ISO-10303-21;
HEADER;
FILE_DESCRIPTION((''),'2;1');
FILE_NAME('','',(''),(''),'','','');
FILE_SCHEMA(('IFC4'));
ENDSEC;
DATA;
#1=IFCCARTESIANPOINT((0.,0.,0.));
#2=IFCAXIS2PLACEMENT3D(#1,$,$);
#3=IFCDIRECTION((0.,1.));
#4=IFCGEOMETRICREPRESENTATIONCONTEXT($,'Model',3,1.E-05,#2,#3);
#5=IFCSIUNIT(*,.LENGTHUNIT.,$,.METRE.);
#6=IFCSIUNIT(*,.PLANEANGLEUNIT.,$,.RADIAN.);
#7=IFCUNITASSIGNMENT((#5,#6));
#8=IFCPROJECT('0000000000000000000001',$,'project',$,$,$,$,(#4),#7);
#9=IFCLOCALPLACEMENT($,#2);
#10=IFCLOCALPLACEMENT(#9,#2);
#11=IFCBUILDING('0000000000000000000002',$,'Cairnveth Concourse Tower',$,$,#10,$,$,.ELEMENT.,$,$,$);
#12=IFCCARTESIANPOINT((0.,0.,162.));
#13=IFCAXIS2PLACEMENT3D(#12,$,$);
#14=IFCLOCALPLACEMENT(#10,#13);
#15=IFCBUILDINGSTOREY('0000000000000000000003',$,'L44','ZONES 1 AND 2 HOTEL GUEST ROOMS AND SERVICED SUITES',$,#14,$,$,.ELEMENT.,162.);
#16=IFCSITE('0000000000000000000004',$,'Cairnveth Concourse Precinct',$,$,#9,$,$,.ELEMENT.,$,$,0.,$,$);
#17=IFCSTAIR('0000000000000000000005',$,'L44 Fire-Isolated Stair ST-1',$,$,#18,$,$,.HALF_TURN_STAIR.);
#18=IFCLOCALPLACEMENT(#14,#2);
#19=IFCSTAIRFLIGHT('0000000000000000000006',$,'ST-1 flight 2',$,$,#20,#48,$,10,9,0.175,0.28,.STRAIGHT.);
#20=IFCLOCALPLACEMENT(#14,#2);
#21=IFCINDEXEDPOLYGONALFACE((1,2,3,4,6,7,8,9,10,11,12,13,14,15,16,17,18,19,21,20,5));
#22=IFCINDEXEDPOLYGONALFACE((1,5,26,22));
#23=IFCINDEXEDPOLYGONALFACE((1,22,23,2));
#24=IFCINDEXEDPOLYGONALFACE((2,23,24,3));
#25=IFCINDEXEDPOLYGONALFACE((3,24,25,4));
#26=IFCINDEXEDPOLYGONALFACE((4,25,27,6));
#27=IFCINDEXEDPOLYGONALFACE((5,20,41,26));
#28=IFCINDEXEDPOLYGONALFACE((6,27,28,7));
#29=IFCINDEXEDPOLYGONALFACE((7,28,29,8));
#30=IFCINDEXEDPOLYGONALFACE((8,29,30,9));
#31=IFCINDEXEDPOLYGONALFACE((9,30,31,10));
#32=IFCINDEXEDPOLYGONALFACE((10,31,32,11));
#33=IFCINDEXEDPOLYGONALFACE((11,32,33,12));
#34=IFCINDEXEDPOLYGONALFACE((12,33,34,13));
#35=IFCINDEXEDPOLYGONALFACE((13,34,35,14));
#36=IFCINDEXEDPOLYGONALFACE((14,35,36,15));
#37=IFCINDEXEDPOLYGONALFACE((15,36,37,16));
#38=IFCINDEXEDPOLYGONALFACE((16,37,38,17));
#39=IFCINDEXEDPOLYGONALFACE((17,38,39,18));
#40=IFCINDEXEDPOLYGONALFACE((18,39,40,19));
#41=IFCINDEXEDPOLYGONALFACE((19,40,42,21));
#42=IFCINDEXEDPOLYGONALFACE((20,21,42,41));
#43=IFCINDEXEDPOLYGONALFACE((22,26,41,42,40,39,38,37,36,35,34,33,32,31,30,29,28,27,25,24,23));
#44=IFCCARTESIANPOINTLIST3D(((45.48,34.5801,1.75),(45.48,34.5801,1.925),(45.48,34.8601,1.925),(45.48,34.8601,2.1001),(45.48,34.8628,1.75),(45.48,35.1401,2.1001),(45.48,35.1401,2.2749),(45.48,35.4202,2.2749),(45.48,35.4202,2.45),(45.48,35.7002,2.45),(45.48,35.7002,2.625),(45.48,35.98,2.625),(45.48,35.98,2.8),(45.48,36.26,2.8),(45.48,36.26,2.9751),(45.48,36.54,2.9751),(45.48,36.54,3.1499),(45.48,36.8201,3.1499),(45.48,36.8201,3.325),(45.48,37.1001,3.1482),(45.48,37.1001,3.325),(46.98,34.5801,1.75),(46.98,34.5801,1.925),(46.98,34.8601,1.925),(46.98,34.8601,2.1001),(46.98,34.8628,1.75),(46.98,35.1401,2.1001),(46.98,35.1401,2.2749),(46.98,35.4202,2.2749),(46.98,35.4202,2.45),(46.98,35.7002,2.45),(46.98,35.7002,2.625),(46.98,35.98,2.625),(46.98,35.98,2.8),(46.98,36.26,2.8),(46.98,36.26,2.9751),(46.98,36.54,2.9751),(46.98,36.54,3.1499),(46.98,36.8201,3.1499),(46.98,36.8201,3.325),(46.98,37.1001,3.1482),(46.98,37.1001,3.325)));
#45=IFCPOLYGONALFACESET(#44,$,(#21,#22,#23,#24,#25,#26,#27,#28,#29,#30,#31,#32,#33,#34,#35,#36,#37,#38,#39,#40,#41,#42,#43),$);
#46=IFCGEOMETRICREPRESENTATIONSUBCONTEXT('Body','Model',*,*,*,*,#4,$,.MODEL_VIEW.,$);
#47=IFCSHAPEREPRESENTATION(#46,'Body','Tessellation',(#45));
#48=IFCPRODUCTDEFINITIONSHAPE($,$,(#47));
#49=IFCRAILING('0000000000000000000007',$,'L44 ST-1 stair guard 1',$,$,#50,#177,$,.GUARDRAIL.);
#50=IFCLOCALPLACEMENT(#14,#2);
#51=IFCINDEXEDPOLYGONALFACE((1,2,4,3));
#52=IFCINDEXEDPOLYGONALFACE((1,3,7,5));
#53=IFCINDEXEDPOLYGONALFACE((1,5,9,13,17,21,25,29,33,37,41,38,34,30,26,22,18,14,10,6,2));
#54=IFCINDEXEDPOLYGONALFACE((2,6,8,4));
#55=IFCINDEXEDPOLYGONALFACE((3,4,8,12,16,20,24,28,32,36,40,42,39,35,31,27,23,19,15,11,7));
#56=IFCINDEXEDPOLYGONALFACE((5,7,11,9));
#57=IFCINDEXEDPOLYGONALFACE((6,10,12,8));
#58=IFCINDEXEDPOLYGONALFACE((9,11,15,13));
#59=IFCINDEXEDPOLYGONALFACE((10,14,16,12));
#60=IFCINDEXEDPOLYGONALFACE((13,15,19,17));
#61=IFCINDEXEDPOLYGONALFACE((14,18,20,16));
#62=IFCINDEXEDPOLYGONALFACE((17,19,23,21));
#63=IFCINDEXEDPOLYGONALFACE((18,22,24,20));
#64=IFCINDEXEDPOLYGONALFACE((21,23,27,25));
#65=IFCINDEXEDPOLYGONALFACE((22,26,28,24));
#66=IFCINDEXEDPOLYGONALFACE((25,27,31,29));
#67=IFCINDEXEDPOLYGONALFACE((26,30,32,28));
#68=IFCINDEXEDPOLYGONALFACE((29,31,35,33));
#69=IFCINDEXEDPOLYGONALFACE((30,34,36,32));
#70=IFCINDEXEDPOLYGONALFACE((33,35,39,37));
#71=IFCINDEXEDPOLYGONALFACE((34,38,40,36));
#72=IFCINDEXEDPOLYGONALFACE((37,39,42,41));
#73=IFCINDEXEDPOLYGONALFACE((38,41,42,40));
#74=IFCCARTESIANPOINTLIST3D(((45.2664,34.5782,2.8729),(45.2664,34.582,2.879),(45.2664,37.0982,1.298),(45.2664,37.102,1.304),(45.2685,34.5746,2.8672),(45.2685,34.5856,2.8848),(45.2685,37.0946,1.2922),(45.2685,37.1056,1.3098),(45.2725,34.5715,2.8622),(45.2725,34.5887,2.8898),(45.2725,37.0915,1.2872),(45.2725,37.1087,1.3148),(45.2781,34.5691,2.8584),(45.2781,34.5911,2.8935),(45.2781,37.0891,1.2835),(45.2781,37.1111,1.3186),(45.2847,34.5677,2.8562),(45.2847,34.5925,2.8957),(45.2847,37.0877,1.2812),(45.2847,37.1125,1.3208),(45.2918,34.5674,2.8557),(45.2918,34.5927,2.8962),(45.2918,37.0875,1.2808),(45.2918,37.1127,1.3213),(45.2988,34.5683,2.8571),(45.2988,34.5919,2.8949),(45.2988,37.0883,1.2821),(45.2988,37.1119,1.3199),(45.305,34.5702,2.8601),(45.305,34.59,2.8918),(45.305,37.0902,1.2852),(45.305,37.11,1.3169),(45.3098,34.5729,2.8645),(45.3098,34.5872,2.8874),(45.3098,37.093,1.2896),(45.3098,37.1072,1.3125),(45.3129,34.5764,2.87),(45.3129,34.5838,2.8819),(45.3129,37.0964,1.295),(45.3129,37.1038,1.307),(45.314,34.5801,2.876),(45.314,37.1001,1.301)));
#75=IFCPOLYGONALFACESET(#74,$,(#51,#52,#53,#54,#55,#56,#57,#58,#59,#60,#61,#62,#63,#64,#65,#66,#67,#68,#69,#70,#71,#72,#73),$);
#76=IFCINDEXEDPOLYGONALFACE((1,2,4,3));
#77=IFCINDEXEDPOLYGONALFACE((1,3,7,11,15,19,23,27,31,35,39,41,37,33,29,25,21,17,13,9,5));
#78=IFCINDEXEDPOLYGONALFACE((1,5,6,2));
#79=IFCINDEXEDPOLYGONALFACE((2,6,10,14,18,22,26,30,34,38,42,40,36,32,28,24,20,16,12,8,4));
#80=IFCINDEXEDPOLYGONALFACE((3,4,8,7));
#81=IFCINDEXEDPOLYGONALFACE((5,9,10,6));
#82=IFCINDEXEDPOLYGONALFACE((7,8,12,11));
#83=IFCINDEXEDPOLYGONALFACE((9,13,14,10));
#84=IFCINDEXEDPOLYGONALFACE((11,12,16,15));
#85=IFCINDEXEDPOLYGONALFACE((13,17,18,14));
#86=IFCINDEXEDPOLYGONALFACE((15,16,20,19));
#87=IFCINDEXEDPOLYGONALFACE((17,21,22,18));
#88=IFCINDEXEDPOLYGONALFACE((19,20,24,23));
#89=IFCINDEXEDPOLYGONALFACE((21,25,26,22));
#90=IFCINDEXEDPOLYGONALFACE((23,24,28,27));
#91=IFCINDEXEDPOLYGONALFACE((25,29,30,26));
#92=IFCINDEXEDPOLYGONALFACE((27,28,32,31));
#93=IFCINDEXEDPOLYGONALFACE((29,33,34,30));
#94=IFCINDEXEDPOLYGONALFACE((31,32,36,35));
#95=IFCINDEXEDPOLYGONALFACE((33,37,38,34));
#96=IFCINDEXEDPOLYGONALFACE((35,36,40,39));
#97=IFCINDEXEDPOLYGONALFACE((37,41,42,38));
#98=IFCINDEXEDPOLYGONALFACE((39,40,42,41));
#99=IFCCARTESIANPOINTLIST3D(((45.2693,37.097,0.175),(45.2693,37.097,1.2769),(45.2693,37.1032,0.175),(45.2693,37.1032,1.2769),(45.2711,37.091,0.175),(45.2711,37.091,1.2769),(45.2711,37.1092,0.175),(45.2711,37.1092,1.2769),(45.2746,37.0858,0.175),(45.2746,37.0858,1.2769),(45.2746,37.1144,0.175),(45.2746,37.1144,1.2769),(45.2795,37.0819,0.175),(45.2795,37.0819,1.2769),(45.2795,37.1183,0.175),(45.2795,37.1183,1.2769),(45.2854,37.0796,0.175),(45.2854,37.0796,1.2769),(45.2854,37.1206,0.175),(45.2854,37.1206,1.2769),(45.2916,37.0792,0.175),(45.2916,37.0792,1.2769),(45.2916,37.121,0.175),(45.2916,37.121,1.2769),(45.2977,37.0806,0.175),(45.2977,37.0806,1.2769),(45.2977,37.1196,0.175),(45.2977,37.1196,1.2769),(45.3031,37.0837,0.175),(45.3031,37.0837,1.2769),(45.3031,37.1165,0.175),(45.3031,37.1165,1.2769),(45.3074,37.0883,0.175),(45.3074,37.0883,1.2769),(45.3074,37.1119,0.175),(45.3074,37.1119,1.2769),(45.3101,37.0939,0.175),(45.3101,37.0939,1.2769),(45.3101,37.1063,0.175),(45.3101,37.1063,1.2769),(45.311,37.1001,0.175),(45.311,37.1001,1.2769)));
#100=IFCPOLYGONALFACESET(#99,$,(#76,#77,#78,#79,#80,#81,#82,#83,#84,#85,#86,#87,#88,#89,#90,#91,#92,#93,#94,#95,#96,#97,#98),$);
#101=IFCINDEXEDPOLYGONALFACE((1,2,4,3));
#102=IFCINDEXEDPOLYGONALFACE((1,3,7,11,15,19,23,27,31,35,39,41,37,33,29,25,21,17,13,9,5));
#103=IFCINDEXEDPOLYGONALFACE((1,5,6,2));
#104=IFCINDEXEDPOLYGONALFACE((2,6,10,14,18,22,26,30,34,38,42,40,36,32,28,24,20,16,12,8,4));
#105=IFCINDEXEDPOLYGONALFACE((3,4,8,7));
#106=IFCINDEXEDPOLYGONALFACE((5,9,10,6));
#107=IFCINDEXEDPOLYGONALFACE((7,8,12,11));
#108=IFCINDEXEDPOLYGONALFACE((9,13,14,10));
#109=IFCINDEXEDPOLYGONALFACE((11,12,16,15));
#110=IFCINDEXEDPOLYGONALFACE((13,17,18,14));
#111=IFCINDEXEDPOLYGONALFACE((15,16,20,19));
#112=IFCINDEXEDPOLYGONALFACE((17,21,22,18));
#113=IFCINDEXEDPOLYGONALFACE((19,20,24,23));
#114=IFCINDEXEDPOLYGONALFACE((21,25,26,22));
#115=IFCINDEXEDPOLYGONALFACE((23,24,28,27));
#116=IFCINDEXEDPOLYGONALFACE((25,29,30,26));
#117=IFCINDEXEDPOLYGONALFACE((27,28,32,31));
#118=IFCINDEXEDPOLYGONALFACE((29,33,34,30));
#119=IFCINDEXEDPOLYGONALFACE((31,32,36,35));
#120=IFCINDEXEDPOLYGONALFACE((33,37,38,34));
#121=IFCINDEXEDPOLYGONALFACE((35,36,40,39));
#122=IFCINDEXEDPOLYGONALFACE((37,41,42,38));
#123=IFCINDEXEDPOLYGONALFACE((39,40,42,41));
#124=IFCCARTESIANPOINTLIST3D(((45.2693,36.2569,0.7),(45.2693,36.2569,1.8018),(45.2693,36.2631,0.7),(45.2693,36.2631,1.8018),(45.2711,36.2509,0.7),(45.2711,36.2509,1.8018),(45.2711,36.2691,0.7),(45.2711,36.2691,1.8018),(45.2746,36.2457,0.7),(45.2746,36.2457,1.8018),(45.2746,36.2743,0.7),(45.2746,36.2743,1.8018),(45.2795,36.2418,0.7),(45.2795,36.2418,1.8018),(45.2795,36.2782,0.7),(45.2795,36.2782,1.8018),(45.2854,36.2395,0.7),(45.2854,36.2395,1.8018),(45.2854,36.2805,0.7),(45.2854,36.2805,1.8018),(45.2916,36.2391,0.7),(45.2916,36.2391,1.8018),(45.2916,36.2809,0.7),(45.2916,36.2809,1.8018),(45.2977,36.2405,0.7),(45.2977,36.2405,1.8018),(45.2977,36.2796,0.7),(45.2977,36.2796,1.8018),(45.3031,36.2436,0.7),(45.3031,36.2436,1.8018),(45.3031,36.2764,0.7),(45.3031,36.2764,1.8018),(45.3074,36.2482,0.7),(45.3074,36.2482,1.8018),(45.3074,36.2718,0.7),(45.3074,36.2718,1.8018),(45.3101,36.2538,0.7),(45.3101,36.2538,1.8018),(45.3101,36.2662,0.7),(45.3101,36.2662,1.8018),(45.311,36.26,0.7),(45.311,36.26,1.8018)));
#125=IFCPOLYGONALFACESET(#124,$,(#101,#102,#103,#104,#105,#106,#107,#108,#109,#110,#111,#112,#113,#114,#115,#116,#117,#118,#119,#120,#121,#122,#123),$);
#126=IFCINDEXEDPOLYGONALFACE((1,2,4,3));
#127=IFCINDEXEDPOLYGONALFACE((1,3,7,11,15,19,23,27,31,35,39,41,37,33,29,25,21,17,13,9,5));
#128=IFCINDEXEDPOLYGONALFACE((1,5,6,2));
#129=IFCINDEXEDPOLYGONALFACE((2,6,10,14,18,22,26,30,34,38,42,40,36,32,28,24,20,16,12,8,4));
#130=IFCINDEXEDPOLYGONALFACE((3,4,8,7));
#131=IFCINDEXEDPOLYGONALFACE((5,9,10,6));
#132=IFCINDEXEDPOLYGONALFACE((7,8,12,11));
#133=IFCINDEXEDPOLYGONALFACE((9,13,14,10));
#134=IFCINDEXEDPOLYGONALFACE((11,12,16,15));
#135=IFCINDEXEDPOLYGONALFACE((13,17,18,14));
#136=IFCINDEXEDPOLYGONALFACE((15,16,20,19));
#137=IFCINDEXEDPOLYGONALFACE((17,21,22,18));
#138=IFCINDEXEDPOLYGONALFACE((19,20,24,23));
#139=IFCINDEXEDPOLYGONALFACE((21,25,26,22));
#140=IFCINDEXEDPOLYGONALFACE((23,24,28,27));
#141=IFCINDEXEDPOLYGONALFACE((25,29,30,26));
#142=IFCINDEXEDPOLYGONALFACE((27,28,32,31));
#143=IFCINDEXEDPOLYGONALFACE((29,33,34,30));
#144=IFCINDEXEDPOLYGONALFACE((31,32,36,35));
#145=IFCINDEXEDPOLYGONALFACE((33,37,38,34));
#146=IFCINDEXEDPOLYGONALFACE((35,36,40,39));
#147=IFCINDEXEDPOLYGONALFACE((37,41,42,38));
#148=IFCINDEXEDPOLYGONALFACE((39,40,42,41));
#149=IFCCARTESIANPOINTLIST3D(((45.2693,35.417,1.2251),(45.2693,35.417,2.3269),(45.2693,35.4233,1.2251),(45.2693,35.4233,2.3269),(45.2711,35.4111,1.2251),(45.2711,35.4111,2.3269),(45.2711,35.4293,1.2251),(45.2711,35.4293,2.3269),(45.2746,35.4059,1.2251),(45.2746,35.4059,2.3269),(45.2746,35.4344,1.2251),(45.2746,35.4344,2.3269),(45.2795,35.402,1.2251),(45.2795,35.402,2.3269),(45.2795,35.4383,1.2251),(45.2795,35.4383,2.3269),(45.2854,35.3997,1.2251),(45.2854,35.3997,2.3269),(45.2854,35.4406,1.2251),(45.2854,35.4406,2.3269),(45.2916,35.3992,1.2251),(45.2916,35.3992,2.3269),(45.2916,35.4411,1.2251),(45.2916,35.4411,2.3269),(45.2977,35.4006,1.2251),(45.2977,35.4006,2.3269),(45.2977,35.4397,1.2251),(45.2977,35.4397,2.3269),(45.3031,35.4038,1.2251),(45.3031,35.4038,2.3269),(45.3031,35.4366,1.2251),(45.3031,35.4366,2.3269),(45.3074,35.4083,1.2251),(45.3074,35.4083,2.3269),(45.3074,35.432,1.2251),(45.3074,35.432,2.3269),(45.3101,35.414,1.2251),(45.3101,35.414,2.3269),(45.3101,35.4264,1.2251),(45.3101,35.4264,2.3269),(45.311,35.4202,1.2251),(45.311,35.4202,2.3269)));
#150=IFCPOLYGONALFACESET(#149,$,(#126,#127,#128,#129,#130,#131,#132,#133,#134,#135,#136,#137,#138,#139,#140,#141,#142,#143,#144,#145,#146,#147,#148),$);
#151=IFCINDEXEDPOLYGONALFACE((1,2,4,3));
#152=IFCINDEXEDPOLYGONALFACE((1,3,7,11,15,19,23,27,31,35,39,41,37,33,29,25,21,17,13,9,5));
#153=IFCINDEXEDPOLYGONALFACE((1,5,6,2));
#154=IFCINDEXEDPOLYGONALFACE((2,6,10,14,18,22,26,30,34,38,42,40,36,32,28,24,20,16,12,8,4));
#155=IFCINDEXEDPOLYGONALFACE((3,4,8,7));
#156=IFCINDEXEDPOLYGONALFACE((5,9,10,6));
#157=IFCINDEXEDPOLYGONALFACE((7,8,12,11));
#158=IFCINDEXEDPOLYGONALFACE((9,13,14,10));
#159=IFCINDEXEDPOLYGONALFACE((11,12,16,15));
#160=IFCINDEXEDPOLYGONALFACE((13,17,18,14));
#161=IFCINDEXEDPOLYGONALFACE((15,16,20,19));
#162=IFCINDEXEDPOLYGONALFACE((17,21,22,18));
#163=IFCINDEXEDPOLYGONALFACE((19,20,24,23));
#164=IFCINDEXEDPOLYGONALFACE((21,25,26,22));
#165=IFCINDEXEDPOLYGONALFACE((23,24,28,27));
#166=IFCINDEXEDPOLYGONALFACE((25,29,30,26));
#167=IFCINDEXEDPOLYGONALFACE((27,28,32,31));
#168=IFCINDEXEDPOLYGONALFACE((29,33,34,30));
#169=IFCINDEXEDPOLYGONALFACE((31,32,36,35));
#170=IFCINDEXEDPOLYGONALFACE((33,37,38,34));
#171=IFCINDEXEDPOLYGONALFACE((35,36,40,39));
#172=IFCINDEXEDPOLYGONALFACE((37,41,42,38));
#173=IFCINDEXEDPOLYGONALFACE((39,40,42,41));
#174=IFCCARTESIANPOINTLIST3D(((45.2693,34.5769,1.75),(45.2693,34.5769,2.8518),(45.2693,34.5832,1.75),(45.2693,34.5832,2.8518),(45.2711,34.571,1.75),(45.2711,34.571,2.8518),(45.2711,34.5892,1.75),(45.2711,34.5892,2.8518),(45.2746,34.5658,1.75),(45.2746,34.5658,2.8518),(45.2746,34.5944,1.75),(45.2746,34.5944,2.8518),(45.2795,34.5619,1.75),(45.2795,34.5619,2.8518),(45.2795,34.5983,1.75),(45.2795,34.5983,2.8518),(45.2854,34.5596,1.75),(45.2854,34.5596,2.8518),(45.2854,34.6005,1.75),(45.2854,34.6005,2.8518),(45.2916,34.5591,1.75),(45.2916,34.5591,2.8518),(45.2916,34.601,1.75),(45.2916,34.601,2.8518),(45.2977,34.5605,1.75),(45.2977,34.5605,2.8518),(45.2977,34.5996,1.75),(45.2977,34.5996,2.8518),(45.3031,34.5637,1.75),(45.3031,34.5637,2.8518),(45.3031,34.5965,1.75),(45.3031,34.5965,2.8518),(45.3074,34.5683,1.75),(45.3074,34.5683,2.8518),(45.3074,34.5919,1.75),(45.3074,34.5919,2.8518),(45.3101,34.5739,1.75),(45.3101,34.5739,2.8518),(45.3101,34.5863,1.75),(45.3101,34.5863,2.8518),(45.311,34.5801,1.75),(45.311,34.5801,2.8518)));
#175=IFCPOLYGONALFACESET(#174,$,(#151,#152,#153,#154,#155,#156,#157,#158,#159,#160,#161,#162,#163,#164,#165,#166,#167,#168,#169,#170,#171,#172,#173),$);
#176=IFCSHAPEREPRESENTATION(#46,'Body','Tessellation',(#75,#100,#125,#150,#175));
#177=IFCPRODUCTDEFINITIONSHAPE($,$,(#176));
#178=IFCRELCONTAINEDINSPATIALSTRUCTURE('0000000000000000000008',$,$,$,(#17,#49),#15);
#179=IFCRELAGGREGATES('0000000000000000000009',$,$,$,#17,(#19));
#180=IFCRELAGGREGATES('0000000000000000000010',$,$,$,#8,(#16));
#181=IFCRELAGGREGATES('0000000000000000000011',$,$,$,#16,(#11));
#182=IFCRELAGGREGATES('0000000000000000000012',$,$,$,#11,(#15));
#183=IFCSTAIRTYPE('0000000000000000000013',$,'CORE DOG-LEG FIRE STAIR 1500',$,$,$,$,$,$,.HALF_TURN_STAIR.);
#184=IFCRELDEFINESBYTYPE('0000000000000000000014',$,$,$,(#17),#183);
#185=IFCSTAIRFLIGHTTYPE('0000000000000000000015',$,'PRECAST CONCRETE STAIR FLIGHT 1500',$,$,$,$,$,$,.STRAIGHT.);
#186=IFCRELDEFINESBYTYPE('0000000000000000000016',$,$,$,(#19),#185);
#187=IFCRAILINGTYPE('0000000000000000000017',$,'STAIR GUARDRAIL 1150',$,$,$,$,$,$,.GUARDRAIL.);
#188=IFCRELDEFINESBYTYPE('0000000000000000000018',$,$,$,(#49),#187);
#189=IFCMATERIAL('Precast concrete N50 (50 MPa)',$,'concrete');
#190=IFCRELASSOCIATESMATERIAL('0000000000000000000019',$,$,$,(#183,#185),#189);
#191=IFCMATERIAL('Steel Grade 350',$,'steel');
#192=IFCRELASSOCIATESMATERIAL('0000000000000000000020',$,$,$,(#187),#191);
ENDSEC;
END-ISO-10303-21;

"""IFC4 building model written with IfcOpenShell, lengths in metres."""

from ifc_helpers import new_model, si_unit, direction, frame, origin, origin_2d, place, context, subcontext, project, spatial, polyline, circle, outline, extrude, material, type_object, element, aggregate, save


model = new_model("IFC4")

# Units and contexts
model_context = context("Model", 3, precision=1e-05, world=origin(), true_north=direction((0.0, 1.0)))
body_context = subcontext(model_context, "Body", "Model", "MODEL_VIEW")
ifc_project = project(units=[si_unit("LENGTHUNIT", "METRE"), si_unit("PLANEANGLEUNIT", "RADIAN")], contexts=[model_context])

# Site, building, storey
site_placement = place(None, origin())
site = spatial("IfcSite", under=ifc_project, at=site_placement, Name="Cairnveth Concourse Precinct", CompositionType="ELEMENT", RefElevation=0.0)
building_placement = place(site_placement, origin())
building = spatial("IfcBuilding", under=site, at=building_placement, Name="Cairnveth Concourse Tower", CompositionType="ELEMENT")
storey_placement = place(building_placement, frame((0.0, 0.0, 162.0)))
storey = spatial("IfcBuildingStorey", under=building, at=storey_placement, Name="L44", Description="ZONES 1 AND 2 HOTEL GUEST ROOMS AND SERVICED SUITES", CompositionType="ELEMENT", Elevation=162.0)

# Shared definitions
ifc_material_1 = material(Name="Steel Grade 350", Category="steel")

# Stair, stair flight
ifc_material_2 = material(Name="Precast concrete N50 (50 MPa)", Category="concrete")
stair_type = type_object("IfcStairType", Name="CORE DOG-LEG FIRE STAIR 1500", PredefinedType="HALF_TURN_STAIR", material=ifc_material_2)
stair_placement = place(storey_placement, origin())
stair = element("IfcStair", 1, at=stair_placement, inside=storey, type_object=stair_type, Name="L44 Fire-Isolated Stair ST-1", PredefinedType="HALF_TURN_STAIR")
stair_flight_type = type_object("IfcStairFlightType", Name="PRECAST CONCRETE STAIR FLIGHT 1500", PredefinedType="STRAIGHT", material=ifc_material_2)
stair_flight_placement = place(storey_placement, frame((46.23, 34.5801, 1.75), z_axis=(0.0, 0.0, 1.0), x_axis=(0.0, 1.0, 0.0)))
stair_flight = element("IfcStairFlight", 2, at=stair_flight_placement, type_object=stair_flight_type, Name="ST-1 flight 2", NumberOfRisers=10, NumberOfTreads=9, PredefinedType="STRAIGHT", RiserHeight=0.175, TreadLength=0.28, context=body_context, shape_type="SweptSolid", body=[
    extrude(outline(polyline([(0.0, 0.0), (0.0, 0.175), (0.28, 0.175), (0.28, 0.3501), (0.5601, 0.3501), (0.5601, 0.5249), (0.8401, 0.5249), (0.8401, 0.7), (1.1201, 0.7), (1.1201, 0.875), (1.3999, 0.875), (1.3999, 1.05), (1.6799, 1.05), (1.6799, 1.2251), (1.96, 1.2251), (1.96, 1.3999), (2.24, 1.3999), (2.24, 1.575), (2.52, 1.575), (2.52, 1.75), (2.52, 1.3982), (0.2827, 0.0), (0.0, 0.0)])), frame((0.0, 0.75, 0.0), z_axis=(0.0, -1.0, 0.0), x_axis=(1.0, 0.0, 0.0)), (0.0, 0.0, 1.0), 1.5),
])
aggregate(stair, [stair_flight])

# Railing
railing_type_1 = type_object("IfcRailingType", Name="STAIR GUARDRAIL 1150", PredefinedType="GUARDRAIL", material=ifc_material_1)
railing_1_placement = place(storey_placement, frame((45.29, 37.1001, 0.175)))
element("IfcRailing", 3, at=railing_1_placement, inside=storey, type_object=railing_type_1, Name="L44 ST-1 stair guard 1", PredefinedType="GUARDRAIL", context=body_context, shape_type="SweptSolid", body=[
    extrude(circle(Radius=0.0239, at=origin_2d()), frame((0.0, 0.0, 1.126), z_axis=(0.0, -0.848008, 0.529984), x_axis=(1.0, 0.0, 0.0)), (0.0, 0.0, 1.0), 2.9717),
    extrude(circle(Radius=0.021, at=origin_2d()), origin(), (0.0, 0.0, 1.0), 1.1018),
    extrude(circle(Radius=0.021, at=origin_2d()), frame((0.0, -0.8401, 0.5249)), (0.0, 0.0, 1.0), 1.1018),
    extrude(circle(Radius=0.021, at=origin_2d()), frame((0.0, -1.6799, 1.05)), (0.0, 0.0, 1.0), 1.1018),
    extrude(circle(Radius=0.021, at=origin_2d()), frame((0.0, -2.52, 1.575)), (0.0, 0.0, 1.0), 1.1018),
])

save(model, "model.ifc")
